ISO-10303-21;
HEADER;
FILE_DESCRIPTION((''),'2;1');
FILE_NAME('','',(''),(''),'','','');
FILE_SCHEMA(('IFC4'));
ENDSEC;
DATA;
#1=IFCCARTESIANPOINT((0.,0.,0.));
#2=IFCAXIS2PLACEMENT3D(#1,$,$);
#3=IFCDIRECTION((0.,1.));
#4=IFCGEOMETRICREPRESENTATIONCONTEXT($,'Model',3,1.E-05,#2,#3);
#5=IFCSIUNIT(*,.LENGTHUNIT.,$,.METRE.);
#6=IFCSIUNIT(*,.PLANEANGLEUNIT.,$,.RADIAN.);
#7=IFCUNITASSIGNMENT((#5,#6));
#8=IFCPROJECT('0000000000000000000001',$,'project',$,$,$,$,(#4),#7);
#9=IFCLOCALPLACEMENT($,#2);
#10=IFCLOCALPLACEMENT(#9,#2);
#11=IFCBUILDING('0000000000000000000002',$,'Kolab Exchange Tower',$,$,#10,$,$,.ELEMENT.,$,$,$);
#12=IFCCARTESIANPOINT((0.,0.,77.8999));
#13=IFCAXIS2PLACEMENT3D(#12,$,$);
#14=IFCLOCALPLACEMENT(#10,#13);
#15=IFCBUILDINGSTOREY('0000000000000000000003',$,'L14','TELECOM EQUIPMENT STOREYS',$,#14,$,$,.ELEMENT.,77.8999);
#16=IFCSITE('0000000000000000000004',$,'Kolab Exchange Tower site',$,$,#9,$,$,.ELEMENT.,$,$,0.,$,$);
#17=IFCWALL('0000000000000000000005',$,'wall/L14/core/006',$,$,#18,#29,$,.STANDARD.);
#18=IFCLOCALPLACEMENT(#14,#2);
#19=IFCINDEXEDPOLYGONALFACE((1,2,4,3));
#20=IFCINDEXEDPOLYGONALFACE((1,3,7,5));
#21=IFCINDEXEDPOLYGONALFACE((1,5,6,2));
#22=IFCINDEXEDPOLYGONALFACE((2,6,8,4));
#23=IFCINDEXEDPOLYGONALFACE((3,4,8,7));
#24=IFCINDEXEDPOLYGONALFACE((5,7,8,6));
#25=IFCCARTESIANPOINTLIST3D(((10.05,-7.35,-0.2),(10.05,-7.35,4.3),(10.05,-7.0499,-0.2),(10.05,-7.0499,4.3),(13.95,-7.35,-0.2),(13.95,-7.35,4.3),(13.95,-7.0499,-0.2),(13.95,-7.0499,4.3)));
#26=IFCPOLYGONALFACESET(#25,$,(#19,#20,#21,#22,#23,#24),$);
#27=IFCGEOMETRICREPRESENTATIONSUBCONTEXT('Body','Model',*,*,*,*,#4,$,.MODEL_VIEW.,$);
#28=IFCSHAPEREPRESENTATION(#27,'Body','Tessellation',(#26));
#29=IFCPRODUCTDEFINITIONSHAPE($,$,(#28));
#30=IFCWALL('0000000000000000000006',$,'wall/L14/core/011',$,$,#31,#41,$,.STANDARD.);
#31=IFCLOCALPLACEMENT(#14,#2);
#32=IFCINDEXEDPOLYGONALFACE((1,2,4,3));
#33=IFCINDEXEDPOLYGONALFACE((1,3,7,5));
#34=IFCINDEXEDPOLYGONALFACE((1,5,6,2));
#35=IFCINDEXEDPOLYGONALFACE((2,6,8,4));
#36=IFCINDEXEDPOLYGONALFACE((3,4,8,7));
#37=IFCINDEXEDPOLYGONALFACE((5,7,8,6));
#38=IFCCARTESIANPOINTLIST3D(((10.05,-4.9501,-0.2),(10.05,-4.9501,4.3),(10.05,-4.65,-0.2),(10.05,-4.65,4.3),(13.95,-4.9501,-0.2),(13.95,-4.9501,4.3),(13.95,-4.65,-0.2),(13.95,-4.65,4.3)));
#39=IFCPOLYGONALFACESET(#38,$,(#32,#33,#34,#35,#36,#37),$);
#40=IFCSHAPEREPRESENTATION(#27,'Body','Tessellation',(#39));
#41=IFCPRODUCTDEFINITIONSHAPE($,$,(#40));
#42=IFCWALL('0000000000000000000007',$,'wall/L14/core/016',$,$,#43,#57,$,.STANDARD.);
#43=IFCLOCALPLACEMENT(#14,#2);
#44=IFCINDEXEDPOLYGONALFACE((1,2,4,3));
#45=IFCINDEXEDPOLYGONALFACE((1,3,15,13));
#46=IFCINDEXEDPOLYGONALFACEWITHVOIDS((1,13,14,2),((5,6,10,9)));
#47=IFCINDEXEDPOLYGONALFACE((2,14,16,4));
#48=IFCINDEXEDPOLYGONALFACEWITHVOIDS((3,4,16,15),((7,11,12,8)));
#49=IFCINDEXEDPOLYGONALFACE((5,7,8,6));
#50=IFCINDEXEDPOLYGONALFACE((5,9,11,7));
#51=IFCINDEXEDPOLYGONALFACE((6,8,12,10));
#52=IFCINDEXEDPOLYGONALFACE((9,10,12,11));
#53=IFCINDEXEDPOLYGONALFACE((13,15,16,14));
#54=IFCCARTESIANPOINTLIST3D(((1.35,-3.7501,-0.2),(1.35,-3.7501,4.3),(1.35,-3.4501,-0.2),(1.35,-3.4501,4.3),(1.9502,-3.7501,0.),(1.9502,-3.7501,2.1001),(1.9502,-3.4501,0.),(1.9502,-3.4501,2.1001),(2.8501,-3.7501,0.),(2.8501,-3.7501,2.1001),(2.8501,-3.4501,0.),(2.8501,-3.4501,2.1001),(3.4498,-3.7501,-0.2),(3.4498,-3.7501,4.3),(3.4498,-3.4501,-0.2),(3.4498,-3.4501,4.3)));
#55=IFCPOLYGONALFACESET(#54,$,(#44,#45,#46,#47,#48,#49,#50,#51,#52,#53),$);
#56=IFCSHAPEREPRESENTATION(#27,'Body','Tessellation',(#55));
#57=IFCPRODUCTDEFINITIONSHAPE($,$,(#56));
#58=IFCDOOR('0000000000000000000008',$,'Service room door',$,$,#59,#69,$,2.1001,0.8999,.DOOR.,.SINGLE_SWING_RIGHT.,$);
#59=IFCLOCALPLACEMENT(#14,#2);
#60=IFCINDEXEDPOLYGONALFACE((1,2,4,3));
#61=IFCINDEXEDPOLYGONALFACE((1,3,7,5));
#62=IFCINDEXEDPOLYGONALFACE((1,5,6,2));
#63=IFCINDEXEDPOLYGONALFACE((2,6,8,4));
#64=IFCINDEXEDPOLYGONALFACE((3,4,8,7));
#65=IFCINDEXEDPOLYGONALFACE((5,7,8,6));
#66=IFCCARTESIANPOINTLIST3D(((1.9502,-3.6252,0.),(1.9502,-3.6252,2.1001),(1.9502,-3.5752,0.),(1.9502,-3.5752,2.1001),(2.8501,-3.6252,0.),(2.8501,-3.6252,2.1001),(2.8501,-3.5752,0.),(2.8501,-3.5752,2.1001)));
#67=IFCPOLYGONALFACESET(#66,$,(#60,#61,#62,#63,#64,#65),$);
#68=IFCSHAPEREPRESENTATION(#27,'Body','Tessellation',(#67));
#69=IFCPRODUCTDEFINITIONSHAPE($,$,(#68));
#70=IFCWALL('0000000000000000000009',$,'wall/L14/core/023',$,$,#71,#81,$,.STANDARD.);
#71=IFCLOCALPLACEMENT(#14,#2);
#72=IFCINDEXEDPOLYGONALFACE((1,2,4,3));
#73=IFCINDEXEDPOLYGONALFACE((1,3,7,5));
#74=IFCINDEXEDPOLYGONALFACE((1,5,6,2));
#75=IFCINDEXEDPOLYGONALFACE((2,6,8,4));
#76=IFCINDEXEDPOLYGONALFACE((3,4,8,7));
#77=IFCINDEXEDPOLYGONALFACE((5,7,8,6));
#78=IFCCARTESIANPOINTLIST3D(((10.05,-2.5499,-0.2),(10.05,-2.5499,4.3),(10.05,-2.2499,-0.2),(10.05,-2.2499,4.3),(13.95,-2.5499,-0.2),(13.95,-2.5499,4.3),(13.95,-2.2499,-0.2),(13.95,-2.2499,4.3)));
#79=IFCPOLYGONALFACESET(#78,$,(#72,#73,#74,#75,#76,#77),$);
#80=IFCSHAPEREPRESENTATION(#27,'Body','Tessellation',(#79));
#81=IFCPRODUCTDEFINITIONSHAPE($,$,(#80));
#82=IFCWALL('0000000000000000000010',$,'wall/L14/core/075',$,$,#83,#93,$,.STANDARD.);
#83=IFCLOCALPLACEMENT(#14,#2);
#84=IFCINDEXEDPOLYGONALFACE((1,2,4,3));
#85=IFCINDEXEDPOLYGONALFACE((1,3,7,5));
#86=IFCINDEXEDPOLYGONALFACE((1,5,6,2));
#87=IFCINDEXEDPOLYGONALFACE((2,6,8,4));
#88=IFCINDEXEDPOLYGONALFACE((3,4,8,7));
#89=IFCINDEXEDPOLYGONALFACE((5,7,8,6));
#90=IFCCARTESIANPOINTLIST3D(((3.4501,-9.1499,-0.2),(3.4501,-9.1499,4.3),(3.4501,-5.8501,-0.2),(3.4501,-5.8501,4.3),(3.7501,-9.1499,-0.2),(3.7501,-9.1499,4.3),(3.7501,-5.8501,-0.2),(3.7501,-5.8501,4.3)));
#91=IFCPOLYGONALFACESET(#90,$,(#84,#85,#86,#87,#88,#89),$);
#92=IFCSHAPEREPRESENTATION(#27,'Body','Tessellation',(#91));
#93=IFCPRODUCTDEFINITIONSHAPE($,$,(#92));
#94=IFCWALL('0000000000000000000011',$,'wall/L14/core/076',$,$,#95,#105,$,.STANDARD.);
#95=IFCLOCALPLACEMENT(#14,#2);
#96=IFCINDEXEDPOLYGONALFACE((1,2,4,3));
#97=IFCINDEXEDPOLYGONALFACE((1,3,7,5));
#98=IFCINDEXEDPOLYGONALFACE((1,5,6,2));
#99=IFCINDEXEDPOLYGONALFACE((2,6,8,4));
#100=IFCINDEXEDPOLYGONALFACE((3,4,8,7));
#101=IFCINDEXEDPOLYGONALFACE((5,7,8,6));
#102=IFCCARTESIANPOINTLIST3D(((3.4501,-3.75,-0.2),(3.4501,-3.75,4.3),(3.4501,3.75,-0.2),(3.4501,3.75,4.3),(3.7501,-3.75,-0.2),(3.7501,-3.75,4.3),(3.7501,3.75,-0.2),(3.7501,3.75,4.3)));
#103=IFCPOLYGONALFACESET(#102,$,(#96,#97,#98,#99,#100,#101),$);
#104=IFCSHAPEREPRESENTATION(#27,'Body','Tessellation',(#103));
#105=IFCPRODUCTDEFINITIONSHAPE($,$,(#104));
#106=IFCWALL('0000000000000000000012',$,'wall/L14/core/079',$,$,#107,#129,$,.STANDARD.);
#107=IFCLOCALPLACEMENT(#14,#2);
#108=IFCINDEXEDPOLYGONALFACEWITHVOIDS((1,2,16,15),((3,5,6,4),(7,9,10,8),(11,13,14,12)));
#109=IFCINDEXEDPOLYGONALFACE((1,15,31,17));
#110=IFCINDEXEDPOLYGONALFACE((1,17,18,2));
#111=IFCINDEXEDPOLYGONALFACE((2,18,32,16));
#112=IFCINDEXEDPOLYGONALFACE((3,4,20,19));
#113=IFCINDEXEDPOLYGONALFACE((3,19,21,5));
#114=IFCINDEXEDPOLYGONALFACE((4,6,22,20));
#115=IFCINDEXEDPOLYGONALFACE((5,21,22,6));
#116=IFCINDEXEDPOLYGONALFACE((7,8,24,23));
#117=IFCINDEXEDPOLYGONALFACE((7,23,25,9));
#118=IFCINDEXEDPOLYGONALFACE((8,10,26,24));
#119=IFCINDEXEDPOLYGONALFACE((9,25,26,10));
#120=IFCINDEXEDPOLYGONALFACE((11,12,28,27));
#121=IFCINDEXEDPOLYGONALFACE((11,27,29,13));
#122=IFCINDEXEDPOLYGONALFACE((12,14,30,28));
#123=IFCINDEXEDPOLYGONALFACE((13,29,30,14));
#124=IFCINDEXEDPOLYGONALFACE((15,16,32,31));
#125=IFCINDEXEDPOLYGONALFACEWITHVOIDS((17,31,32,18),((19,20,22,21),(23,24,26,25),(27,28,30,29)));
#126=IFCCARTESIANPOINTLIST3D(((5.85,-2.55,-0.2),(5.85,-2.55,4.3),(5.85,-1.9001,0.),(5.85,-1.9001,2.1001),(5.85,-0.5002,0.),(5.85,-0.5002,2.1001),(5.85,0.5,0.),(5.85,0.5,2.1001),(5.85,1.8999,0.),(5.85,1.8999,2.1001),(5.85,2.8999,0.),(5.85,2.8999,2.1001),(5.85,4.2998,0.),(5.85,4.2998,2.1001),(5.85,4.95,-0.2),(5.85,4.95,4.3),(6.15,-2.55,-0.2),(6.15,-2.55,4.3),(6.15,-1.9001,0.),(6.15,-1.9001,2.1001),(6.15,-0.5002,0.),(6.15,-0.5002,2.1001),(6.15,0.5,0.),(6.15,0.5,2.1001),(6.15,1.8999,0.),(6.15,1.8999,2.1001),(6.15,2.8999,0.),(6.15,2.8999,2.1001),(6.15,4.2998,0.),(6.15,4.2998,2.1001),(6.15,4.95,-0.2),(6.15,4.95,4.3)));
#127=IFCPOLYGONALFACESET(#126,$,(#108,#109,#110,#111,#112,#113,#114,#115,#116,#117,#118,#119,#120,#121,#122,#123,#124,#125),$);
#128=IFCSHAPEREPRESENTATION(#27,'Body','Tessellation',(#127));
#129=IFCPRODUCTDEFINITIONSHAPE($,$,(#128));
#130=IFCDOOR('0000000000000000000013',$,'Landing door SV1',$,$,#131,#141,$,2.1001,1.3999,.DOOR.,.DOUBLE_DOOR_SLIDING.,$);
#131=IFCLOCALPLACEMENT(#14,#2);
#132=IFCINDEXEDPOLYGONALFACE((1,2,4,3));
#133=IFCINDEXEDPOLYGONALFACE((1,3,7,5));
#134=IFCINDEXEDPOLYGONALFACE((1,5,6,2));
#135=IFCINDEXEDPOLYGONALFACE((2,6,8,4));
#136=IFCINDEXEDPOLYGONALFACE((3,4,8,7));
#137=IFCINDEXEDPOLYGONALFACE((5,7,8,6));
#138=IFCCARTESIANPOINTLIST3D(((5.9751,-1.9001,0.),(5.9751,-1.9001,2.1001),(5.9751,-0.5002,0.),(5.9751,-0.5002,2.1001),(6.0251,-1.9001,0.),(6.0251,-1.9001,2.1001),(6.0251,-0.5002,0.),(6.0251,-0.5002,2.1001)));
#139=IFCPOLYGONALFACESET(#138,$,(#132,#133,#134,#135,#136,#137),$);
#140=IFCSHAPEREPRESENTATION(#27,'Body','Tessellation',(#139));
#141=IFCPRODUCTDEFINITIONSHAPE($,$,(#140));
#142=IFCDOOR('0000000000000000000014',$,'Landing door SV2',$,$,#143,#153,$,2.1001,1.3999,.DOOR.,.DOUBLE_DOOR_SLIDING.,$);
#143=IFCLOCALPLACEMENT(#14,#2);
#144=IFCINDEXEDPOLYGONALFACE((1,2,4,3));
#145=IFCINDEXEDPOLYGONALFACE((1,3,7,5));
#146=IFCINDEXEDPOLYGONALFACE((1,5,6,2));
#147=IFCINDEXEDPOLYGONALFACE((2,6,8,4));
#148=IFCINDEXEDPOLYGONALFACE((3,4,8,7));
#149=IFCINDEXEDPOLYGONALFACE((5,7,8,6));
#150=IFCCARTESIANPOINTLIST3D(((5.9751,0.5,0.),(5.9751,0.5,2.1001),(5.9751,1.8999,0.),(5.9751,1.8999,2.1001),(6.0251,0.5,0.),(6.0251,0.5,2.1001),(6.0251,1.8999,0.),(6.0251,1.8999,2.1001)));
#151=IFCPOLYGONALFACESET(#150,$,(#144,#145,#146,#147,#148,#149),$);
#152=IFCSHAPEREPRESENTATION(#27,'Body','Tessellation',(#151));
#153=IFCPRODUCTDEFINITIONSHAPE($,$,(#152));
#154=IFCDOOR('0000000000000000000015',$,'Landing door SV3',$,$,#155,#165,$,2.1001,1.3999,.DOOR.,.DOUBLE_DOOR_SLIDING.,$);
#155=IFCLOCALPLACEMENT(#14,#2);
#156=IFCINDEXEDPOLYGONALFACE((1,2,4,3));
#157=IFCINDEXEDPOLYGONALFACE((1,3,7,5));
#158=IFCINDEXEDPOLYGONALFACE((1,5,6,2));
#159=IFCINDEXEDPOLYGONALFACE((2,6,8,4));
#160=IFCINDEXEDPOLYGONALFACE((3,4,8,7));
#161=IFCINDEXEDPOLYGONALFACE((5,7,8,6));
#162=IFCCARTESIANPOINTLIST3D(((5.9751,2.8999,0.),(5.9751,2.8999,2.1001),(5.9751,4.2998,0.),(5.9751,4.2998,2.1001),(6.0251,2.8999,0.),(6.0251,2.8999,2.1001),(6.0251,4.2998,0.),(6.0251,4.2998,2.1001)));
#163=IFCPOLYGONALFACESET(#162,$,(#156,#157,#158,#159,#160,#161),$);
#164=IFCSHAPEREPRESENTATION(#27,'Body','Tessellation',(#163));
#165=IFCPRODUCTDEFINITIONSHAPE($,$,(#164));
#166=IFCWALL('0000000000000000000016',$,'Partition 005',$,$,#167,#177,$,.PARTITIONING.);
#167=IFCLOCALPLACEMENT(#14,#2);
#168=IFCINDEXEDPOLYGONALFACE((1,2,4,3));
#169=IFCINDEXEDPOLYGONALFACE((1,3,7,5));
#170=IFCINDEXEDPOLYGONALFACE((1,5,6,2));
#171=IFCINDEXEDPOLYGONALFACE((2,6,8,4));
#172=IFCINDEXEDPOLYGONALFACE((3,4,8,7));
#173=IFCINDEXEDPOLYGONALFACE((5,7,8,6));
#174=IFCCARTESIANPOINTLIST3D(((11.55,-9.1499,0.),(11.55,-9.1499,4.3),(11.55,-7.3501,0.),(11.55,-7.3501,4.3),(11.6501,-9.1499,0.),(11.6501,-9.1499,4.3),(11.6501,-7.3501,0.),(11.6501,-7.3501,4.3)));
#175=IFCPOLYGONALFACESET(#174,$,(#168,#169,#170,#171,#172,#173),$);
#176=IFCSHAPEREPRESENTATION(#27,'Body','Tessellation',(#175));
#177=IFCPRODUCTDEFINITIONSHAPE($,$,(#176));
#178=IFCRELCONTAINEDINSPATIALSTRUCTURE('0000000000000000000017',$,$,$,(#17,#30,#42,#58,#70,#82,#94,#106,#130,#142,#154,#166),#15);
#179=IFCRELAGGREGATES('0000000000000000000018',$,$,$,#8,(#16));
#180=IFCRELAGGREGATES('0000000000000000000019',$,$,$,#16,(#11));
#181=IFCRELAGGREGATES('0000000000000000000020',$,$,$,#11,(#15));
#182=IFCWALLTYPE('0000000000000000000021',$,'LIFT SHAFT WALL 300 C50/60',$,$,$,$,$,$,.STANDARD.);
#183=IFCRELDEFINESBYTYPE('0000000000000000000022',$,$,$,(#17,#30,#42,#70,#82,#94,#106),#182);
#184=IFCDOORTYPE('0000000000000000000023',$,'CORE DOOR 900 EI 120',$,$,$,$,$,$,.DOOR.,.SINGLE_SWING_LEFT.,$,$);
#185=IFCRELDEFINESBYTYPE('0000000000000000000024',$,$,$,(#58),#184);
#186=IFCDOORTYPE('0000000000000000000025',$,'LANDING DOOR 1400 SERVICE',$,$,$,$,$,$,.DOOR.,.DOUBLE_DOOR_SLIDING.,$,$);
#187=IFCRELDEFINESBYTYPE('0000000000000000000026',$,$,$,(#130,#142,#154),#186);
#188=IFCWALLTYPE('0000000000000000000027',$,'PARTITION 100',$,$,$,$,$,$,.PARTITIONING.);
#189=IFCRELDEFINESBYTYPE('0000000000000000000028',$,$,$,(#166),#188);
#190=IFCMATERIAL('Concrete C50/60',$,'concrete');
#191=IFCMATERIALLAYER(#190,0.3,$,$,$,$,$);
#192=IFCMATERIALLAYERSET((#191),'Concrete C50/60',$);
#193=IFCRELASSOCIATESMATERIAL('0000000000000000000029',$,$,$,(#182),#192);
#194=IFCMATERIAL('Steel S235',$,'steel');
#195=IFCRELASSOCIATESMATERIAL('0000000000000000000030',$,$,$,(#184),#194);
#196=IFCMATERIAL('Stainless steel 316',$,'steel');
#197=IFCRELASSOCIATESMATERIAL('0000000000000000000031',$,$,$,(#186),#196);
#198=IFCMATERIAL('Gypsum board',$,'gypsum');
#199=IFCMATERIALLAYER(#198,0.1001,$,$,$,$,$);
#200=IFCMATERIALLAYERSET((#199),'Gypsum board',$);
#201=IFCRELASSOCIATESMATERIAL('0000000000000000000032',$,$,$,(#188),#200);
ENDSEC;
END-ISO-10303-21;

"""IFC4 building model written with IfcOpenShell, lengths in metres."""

from ifc_helpers import new_model, si_unit, direction, frame, frame_2d, origin, place, context, subcontext, project, spatial, rectangle, extrude, material, layer, layer_set, type_object, element, fill, save


model = new_model("IFC4")

# Units and contexts
model_context = context("Model", 3, precision=1e-05, world=origin(), true_north=direction((0.0, 1.0)))
body_context = subcontext(model_context, "Body", "Model", "MODEL_VIEW")
ifc_project = project(units=[si_unit("LENGTHUNIT", "METRE"), si_unit("PLANEANGLEUNIT", "RADIAN")], contexts=[model_context])

# Site, building, storey
site_placement = place(None, origin())
site = spatial("IfcSite", under=ifc_project, at=site_placement, Name="Kolab Exchange Tower site", CompositionType="ELEMENT", RefElevation=0.0)
building_placement = place(site_placement, origin())
building = spatial("IfcBuilding", under=site, at=building_placement, Name="Kolab Exchange Tower", CompositionType="ELEMENT")
storey_placement = place(building_placement, frame((0.0, 0.0, 77.8999)))
storey = spatial("IfcBuildingStorey", under=building, at=storey_placement, Name="L14", Description="TELECOM EQUIPMENT STOREYS", CompositionType="ELEMENT", Elevation=77.8999)

# Walls
ifc_material_1 = material(Name="Concrete C50/60", Category="concrete")
ifc_layer_1 = layer(ifc_material_1, 0.3)
ifc_layer_set_1 = layer_set([ifc_layer_1], Name="Concrete C50/60")
wall_type_1 = type_object("IfcWallType", Name="LIFT SHAFT WALL 300 C50/60", PredefinedType="STANDARD", material=ifc_layer_set_1)
for number, where, z_axis, x_axis, name in (
    (1, (10.05, -7.2, -0.2), (0.0, 0.0, 1.0), (1.0, 0.0, 0.0), "wall/L14/core/006"),
    (2, (10.05, -4.8, -0.2), (0.0, 0.0, 1.0), (1.0, 0.0, 0.0), "wall/L14/core/011"),
):
    element("IfcWall", number, at=place(storey_placement, frame(where, z_axis=z_axis, x_axis=x_axis)), inside=storey, type_object=wall_type_1, Name=name, PredefinedType="STANDARD", context=body_context, shape_type="SweptSolid", body=[
        extrude(rectangle(XDim=3.8999, YDim=0.3, at=frame_2d((1.95, 0.0))), origin(), (0.0, 0.0, 1.0), 4.5),
    ])

# Wall, opening, door
wall_1_placement = place(storey_placement, frame((1.3501, -3.6001, -0.2), z_axis=(0.0, 0.0, 1.0), x_axis=(1.0, 0.0, 0.0)))
wall_1 = element("IfcWall", 3, at=wall_1_placement, inside=storey, type_object=wall_type_1, Name="wall/L14/core/016", PredefinedType="STANDARD", context=body_context, shape_type="SweptSolid", body=[
    extrude(rectangle(XDim=2.0999, YDim=0.3, at=frame_2d((1.0498, 0.0))), origin(), (0.0, 0.0, 1.0), 4.5),
])
opening_1_placement = place(wall_1_placement, frame((0.6001, 0.0, 0.2)))
opening_1 = element("IfcOpeningElement", 4, at=opening_1_placement, cuts=wall_1, PredefinedType="OPENING", context=body_context, shape_type="SweptSolid", body=[
    extrude(rectangle(XDim=0.8999, YDim=2.1001, at=frame_2d((0.45, 1.05))), frame((0.0, 0.1602, 0.0), z_axis=(0.0, -1.0, 0.0), x_axis=(1.0, 0.0, 0.0)), (0.0, 0.0, 1.0), 0.3201),
])
ifc_material_2 = material(Name="Steel S235", Category="steel")
door_type_1 = type_object("IfcDoorType", Name="CORE DOOR 900 EI 120", OperationType="SINGLE_SWING_LEFT", PredefinedType="DOOR", material=ifc_material_2)
door_1_placement = place(opening_1_placement, origin())
door_1 = element("IfcDoor", 5, at=door_1_placement, inside=storey, type_object=door_type_1, Name="Service room door", OperationType="SINGLE_SWING_RIGHT", OverallHeight=2.1001, OverallWidth=0.8999, PredefinedType="DOOR", context=body_context, shape_type="SweptSolid", body=[
    extrude(rectangle(XDim=0.8999, YDim=2.1001, at=frame_2d((0.45, 1.05))), frame((0.0, 0.0249, 0.0), z_axis=(0.0, -1.0, 0.0), x_axis=(1.0, 0.0, 0.0)), (0.0, 0.0, 1.0), 0.05),
])
fill(opening_1, door_1)

# Walls
wall_2_placement = place(storey_placement, frame((10.05, -2.3999, -0.2), z_axis=(0.0, 0.0, 1.0), x_axis=(1.0, 0.0, 0.0)))
element("IfcWall", 6, at=wall_2_placement, inside=storey, type_object=wall_type_1, Name="wall/L14/core/023", PredefinedType="STANDARD", context=body_context, shape_type="SweptSolid", body=[
    extrude(rectangle(XDim=3.8999, YDim=0.3, at=frame_2d((1.95, 0.0))), origin(), (0.0, 0.0, 1.0), 4.5),
])
wall_3_placement = place(storey_placement, frame((3.6001, -9.1499, -0.2), z_axis=(0.0, 0.0, 1.0), x_axis=(0.0, 1.0, 0.0)))
element("IfcWall", 7, at=wall_3_placement, inside=storey, type_object=wall_type_1, Name="wall/L14/core/075", PredefinedType="STANDARD", context=body_context, shape_type="SweptSolid", body=[
    extrude(rectangle(XDim=3.2998, YDim=0.3, at=frame_2d((1.6499, 0.0))), origin(), (0.0, 0.0, 1.0), 4.5),
])
wall_4_placement = place(storey_placement, frame((3.6001, -3.75, -0.2), z_axis=(0.0, 0.0, 1.0), x_axis=(0.0, 1.0, 0.0)))
element("IfcWall", 8, at=wall_4_placement, inside=storey, type_object=wall_type_1, Name="wall/L14/core/076", PredefinedType="STANDARD", context=body_context, shape_type="SweptSolid", body=[
    extrude(rectangle(XDim=7.5, YDim=0.3, at=frame_2d((3.75, 0.0))), origin(), (0.0, 0.0, 1.0), 4.5),
])

# Wall, openings, doors
wall_5_placement = place(storey_placement, frame((6.0, -2.55, -0.2), z_axis=(0.0, 0.0, 1.0), x_axis=(0.0, 1.0, 0.0)))
wall_5 = element("IfcWall", 9, at=wall_5_placement, inside=storey, type_object=wall_type_1, Name="wall/L14/core/079", PredefinedType="STANDARD", context=body_context, shape_type="SweptSolid", body=[
    extrude(rectangle(XDim=7.5, YDim=0.3, at=frame_2d((3.75, 0.0))), origin(), (0.0, 0.0, 1.0), 4.5),
])
opening_2_placement = place(wall_5_placement, frame((0.6499, 0.0, 0.2)))
opening_2 = element("IfcOpeningElement", 10, at=opening_2_placement, cuts=wall_5, PredefinedType="OPENING", context=body_context, shape_type="SweptSolid", body=[
    extrude(rectangle(XDim=1.3999, YDim=2.1001, at=frame_2d((0.7, 1.05))), frame((0.0, 0.1602, 0.0), z_axis=(0.0, -1.0, 0.0), x_axis=(1.0, 0.0, 0.0)), (0.0, 0.0, 1.0), 0.3201),
])
opening_3_placement = place(wall_5_placement, frame((3.05, 0.0, 0.2)))
opening_3 = element("IfcOpeningElement", 11, at=opening_3_placement, cuts=wall_5, PredefinedType="OPENING", context=body_context, shape_type="SweptSolid", body=[
    extrude(rectangle(XDim=1.3999, YDim=2.1001, at=frame_2d((0.7, 1.05))), frame((0.0, 0.1602, 0.0), z_axis=(0.0, -1.0, 0.0), x_axis=(1.0, 0.0, 0.0)), (0.0, 0.0, 1.0), 0.3201),
])
opening_4_placement = place(wall_5_placement, frame((5.45, 0.0, 0.2)))
opening_4 = element("IfcOpeningElement", 12, at=opening_4_placement, cuts=wall_5, PredefinedType="OPENING", context=body_context, shape_type="SweptSolid", body=[
    extrude(rectangle(XDim=1.3999, YDim=2.1001, at=frame_2d((0.7, 1.05))), frame((0.0, 0.1602, 0.0), z_axis=(0.0, -1.0, 0.0), x_axis=(1.0, 0.0, 0.0)), (0.0, 0.0, 1.0), 0.3201),
])
ifc_material_3 = material(Name="Stainless steel 316", Category="steel")
door_type_2 = type_object("IfcDoorType", Name="LANDING DOOR 1400 SERVICE", OperationType="DOUBLE_DOOR_SLIDING", PredefinedType="DOOR", material=ifc_material_3)
door_2_placement = place(opening_2_placement, origin())
door_2 = element("IfcDoor", 13, at=door_2_placement, inside=storey, type_object=door_type_2, Name="Landing door SV1", OperationType="DOUBLE_DOOR_SLIDING", OverallHeight=2.1001, OverallWidth=1.3999, PredefinedType="DOOR", context=body_context, shape_type="SweptSolid", body=[
    extrude(rectangle(XDim=1.3999, YDim=2.1001, at=frame_2d((0.7, 1.05))), frame((0.0, 0.0249, 0.0), z_axis=(0.0, -1.0, 0.0), x_axis=(1.0, 0.0, 0.0)), (0.0, 0.0, 1.0), 0.05),
])
fill(opening_2, door_2)
door_3_placement = place(opening_3_placement, origin())
door_3 = element("IfcDoor", 14, at=door_3_placement, inside=storey, type_object=door_type_2, Name="Landing door SV2", OperationType="DOUBLE_DOOR_SLIDING", OverallHeight=2.1001, OverallWidth=1.3999, PredefinedType="DOOR", context=body_context, shape_type="SweptSolid", body=[
    extrude(rectangle(XDim=1.3999, YDim=2.1001, at=frame_2d((0.7, 1.05))), frame((0.0, 0.0249, 0.0), z_axis=(0.0, -1.0, 0.0), x_axis=(1.0, 0.0, 0.0)), (0.0, 0.0, 1.0), 0.05),
])
fill(opening_3, door_3)
door_4_placement = place(opening_4_placement, origin())
door_4 = element("IfcDoor", 15, at=door_4_placement, inside=storey, type_object=door_type_2, Name="Landing door SV3", OperationType="DOUBLE_DOOR_SLIDING", OverallHeight=2.1001, OverallWidth=1.3999, PredefinedType="DOOR", context=body_context, shape_type="SweptSolid", body=[
    extrude(rectangle(XDim=1.3999, YDim=2.1001, at=frame_2d((0.7, 1.05))), frame((0.0, 0.0249, 0.0), z_axis=(0.0, -1.0, 0.0), x_axis=(1.0, 0.0, 0.0)), (0.0, 0.0, 1.0), 0.05),
])
fill(opening_4, door_4)

# Wall
ifc_material_4 = material(Name="Gypsum board", Category="gypsum")
ifc_layer_2 = layer(ifc_material_4, 0.1001)
ifc_layer_set_2 = layer_set([ifc_layer_2], Name="Gypsum board")
wall_type_2 = type_object("IfcWallType", Name="PARTITION 100", PredefinedType="PARTITIONING", material=ifc_layer_set_2)
wall_6_placement = place(storey_placement, frame((11.6001, -9.1499, 0.0), z_axis=(0.0, 0.0, 1.0), x_axis=(0.0, 1.0, 0.0)))
element("IfcWall", 16, at=wall_6_placement, inside=storey, type_object=wall_type_2, Name="Partition 005", PredefinedType="PARTITIONING", context=body_context, shape_type="SweptSolid", body=[
    extrude(rectangle(XDim=1.7998, YDim=0.1001, at=frame_2d((0.8999, 0.0))), origin(), (0.0, 0.0, 1.0), 4.3),
])

save(model, "model.ifc")
